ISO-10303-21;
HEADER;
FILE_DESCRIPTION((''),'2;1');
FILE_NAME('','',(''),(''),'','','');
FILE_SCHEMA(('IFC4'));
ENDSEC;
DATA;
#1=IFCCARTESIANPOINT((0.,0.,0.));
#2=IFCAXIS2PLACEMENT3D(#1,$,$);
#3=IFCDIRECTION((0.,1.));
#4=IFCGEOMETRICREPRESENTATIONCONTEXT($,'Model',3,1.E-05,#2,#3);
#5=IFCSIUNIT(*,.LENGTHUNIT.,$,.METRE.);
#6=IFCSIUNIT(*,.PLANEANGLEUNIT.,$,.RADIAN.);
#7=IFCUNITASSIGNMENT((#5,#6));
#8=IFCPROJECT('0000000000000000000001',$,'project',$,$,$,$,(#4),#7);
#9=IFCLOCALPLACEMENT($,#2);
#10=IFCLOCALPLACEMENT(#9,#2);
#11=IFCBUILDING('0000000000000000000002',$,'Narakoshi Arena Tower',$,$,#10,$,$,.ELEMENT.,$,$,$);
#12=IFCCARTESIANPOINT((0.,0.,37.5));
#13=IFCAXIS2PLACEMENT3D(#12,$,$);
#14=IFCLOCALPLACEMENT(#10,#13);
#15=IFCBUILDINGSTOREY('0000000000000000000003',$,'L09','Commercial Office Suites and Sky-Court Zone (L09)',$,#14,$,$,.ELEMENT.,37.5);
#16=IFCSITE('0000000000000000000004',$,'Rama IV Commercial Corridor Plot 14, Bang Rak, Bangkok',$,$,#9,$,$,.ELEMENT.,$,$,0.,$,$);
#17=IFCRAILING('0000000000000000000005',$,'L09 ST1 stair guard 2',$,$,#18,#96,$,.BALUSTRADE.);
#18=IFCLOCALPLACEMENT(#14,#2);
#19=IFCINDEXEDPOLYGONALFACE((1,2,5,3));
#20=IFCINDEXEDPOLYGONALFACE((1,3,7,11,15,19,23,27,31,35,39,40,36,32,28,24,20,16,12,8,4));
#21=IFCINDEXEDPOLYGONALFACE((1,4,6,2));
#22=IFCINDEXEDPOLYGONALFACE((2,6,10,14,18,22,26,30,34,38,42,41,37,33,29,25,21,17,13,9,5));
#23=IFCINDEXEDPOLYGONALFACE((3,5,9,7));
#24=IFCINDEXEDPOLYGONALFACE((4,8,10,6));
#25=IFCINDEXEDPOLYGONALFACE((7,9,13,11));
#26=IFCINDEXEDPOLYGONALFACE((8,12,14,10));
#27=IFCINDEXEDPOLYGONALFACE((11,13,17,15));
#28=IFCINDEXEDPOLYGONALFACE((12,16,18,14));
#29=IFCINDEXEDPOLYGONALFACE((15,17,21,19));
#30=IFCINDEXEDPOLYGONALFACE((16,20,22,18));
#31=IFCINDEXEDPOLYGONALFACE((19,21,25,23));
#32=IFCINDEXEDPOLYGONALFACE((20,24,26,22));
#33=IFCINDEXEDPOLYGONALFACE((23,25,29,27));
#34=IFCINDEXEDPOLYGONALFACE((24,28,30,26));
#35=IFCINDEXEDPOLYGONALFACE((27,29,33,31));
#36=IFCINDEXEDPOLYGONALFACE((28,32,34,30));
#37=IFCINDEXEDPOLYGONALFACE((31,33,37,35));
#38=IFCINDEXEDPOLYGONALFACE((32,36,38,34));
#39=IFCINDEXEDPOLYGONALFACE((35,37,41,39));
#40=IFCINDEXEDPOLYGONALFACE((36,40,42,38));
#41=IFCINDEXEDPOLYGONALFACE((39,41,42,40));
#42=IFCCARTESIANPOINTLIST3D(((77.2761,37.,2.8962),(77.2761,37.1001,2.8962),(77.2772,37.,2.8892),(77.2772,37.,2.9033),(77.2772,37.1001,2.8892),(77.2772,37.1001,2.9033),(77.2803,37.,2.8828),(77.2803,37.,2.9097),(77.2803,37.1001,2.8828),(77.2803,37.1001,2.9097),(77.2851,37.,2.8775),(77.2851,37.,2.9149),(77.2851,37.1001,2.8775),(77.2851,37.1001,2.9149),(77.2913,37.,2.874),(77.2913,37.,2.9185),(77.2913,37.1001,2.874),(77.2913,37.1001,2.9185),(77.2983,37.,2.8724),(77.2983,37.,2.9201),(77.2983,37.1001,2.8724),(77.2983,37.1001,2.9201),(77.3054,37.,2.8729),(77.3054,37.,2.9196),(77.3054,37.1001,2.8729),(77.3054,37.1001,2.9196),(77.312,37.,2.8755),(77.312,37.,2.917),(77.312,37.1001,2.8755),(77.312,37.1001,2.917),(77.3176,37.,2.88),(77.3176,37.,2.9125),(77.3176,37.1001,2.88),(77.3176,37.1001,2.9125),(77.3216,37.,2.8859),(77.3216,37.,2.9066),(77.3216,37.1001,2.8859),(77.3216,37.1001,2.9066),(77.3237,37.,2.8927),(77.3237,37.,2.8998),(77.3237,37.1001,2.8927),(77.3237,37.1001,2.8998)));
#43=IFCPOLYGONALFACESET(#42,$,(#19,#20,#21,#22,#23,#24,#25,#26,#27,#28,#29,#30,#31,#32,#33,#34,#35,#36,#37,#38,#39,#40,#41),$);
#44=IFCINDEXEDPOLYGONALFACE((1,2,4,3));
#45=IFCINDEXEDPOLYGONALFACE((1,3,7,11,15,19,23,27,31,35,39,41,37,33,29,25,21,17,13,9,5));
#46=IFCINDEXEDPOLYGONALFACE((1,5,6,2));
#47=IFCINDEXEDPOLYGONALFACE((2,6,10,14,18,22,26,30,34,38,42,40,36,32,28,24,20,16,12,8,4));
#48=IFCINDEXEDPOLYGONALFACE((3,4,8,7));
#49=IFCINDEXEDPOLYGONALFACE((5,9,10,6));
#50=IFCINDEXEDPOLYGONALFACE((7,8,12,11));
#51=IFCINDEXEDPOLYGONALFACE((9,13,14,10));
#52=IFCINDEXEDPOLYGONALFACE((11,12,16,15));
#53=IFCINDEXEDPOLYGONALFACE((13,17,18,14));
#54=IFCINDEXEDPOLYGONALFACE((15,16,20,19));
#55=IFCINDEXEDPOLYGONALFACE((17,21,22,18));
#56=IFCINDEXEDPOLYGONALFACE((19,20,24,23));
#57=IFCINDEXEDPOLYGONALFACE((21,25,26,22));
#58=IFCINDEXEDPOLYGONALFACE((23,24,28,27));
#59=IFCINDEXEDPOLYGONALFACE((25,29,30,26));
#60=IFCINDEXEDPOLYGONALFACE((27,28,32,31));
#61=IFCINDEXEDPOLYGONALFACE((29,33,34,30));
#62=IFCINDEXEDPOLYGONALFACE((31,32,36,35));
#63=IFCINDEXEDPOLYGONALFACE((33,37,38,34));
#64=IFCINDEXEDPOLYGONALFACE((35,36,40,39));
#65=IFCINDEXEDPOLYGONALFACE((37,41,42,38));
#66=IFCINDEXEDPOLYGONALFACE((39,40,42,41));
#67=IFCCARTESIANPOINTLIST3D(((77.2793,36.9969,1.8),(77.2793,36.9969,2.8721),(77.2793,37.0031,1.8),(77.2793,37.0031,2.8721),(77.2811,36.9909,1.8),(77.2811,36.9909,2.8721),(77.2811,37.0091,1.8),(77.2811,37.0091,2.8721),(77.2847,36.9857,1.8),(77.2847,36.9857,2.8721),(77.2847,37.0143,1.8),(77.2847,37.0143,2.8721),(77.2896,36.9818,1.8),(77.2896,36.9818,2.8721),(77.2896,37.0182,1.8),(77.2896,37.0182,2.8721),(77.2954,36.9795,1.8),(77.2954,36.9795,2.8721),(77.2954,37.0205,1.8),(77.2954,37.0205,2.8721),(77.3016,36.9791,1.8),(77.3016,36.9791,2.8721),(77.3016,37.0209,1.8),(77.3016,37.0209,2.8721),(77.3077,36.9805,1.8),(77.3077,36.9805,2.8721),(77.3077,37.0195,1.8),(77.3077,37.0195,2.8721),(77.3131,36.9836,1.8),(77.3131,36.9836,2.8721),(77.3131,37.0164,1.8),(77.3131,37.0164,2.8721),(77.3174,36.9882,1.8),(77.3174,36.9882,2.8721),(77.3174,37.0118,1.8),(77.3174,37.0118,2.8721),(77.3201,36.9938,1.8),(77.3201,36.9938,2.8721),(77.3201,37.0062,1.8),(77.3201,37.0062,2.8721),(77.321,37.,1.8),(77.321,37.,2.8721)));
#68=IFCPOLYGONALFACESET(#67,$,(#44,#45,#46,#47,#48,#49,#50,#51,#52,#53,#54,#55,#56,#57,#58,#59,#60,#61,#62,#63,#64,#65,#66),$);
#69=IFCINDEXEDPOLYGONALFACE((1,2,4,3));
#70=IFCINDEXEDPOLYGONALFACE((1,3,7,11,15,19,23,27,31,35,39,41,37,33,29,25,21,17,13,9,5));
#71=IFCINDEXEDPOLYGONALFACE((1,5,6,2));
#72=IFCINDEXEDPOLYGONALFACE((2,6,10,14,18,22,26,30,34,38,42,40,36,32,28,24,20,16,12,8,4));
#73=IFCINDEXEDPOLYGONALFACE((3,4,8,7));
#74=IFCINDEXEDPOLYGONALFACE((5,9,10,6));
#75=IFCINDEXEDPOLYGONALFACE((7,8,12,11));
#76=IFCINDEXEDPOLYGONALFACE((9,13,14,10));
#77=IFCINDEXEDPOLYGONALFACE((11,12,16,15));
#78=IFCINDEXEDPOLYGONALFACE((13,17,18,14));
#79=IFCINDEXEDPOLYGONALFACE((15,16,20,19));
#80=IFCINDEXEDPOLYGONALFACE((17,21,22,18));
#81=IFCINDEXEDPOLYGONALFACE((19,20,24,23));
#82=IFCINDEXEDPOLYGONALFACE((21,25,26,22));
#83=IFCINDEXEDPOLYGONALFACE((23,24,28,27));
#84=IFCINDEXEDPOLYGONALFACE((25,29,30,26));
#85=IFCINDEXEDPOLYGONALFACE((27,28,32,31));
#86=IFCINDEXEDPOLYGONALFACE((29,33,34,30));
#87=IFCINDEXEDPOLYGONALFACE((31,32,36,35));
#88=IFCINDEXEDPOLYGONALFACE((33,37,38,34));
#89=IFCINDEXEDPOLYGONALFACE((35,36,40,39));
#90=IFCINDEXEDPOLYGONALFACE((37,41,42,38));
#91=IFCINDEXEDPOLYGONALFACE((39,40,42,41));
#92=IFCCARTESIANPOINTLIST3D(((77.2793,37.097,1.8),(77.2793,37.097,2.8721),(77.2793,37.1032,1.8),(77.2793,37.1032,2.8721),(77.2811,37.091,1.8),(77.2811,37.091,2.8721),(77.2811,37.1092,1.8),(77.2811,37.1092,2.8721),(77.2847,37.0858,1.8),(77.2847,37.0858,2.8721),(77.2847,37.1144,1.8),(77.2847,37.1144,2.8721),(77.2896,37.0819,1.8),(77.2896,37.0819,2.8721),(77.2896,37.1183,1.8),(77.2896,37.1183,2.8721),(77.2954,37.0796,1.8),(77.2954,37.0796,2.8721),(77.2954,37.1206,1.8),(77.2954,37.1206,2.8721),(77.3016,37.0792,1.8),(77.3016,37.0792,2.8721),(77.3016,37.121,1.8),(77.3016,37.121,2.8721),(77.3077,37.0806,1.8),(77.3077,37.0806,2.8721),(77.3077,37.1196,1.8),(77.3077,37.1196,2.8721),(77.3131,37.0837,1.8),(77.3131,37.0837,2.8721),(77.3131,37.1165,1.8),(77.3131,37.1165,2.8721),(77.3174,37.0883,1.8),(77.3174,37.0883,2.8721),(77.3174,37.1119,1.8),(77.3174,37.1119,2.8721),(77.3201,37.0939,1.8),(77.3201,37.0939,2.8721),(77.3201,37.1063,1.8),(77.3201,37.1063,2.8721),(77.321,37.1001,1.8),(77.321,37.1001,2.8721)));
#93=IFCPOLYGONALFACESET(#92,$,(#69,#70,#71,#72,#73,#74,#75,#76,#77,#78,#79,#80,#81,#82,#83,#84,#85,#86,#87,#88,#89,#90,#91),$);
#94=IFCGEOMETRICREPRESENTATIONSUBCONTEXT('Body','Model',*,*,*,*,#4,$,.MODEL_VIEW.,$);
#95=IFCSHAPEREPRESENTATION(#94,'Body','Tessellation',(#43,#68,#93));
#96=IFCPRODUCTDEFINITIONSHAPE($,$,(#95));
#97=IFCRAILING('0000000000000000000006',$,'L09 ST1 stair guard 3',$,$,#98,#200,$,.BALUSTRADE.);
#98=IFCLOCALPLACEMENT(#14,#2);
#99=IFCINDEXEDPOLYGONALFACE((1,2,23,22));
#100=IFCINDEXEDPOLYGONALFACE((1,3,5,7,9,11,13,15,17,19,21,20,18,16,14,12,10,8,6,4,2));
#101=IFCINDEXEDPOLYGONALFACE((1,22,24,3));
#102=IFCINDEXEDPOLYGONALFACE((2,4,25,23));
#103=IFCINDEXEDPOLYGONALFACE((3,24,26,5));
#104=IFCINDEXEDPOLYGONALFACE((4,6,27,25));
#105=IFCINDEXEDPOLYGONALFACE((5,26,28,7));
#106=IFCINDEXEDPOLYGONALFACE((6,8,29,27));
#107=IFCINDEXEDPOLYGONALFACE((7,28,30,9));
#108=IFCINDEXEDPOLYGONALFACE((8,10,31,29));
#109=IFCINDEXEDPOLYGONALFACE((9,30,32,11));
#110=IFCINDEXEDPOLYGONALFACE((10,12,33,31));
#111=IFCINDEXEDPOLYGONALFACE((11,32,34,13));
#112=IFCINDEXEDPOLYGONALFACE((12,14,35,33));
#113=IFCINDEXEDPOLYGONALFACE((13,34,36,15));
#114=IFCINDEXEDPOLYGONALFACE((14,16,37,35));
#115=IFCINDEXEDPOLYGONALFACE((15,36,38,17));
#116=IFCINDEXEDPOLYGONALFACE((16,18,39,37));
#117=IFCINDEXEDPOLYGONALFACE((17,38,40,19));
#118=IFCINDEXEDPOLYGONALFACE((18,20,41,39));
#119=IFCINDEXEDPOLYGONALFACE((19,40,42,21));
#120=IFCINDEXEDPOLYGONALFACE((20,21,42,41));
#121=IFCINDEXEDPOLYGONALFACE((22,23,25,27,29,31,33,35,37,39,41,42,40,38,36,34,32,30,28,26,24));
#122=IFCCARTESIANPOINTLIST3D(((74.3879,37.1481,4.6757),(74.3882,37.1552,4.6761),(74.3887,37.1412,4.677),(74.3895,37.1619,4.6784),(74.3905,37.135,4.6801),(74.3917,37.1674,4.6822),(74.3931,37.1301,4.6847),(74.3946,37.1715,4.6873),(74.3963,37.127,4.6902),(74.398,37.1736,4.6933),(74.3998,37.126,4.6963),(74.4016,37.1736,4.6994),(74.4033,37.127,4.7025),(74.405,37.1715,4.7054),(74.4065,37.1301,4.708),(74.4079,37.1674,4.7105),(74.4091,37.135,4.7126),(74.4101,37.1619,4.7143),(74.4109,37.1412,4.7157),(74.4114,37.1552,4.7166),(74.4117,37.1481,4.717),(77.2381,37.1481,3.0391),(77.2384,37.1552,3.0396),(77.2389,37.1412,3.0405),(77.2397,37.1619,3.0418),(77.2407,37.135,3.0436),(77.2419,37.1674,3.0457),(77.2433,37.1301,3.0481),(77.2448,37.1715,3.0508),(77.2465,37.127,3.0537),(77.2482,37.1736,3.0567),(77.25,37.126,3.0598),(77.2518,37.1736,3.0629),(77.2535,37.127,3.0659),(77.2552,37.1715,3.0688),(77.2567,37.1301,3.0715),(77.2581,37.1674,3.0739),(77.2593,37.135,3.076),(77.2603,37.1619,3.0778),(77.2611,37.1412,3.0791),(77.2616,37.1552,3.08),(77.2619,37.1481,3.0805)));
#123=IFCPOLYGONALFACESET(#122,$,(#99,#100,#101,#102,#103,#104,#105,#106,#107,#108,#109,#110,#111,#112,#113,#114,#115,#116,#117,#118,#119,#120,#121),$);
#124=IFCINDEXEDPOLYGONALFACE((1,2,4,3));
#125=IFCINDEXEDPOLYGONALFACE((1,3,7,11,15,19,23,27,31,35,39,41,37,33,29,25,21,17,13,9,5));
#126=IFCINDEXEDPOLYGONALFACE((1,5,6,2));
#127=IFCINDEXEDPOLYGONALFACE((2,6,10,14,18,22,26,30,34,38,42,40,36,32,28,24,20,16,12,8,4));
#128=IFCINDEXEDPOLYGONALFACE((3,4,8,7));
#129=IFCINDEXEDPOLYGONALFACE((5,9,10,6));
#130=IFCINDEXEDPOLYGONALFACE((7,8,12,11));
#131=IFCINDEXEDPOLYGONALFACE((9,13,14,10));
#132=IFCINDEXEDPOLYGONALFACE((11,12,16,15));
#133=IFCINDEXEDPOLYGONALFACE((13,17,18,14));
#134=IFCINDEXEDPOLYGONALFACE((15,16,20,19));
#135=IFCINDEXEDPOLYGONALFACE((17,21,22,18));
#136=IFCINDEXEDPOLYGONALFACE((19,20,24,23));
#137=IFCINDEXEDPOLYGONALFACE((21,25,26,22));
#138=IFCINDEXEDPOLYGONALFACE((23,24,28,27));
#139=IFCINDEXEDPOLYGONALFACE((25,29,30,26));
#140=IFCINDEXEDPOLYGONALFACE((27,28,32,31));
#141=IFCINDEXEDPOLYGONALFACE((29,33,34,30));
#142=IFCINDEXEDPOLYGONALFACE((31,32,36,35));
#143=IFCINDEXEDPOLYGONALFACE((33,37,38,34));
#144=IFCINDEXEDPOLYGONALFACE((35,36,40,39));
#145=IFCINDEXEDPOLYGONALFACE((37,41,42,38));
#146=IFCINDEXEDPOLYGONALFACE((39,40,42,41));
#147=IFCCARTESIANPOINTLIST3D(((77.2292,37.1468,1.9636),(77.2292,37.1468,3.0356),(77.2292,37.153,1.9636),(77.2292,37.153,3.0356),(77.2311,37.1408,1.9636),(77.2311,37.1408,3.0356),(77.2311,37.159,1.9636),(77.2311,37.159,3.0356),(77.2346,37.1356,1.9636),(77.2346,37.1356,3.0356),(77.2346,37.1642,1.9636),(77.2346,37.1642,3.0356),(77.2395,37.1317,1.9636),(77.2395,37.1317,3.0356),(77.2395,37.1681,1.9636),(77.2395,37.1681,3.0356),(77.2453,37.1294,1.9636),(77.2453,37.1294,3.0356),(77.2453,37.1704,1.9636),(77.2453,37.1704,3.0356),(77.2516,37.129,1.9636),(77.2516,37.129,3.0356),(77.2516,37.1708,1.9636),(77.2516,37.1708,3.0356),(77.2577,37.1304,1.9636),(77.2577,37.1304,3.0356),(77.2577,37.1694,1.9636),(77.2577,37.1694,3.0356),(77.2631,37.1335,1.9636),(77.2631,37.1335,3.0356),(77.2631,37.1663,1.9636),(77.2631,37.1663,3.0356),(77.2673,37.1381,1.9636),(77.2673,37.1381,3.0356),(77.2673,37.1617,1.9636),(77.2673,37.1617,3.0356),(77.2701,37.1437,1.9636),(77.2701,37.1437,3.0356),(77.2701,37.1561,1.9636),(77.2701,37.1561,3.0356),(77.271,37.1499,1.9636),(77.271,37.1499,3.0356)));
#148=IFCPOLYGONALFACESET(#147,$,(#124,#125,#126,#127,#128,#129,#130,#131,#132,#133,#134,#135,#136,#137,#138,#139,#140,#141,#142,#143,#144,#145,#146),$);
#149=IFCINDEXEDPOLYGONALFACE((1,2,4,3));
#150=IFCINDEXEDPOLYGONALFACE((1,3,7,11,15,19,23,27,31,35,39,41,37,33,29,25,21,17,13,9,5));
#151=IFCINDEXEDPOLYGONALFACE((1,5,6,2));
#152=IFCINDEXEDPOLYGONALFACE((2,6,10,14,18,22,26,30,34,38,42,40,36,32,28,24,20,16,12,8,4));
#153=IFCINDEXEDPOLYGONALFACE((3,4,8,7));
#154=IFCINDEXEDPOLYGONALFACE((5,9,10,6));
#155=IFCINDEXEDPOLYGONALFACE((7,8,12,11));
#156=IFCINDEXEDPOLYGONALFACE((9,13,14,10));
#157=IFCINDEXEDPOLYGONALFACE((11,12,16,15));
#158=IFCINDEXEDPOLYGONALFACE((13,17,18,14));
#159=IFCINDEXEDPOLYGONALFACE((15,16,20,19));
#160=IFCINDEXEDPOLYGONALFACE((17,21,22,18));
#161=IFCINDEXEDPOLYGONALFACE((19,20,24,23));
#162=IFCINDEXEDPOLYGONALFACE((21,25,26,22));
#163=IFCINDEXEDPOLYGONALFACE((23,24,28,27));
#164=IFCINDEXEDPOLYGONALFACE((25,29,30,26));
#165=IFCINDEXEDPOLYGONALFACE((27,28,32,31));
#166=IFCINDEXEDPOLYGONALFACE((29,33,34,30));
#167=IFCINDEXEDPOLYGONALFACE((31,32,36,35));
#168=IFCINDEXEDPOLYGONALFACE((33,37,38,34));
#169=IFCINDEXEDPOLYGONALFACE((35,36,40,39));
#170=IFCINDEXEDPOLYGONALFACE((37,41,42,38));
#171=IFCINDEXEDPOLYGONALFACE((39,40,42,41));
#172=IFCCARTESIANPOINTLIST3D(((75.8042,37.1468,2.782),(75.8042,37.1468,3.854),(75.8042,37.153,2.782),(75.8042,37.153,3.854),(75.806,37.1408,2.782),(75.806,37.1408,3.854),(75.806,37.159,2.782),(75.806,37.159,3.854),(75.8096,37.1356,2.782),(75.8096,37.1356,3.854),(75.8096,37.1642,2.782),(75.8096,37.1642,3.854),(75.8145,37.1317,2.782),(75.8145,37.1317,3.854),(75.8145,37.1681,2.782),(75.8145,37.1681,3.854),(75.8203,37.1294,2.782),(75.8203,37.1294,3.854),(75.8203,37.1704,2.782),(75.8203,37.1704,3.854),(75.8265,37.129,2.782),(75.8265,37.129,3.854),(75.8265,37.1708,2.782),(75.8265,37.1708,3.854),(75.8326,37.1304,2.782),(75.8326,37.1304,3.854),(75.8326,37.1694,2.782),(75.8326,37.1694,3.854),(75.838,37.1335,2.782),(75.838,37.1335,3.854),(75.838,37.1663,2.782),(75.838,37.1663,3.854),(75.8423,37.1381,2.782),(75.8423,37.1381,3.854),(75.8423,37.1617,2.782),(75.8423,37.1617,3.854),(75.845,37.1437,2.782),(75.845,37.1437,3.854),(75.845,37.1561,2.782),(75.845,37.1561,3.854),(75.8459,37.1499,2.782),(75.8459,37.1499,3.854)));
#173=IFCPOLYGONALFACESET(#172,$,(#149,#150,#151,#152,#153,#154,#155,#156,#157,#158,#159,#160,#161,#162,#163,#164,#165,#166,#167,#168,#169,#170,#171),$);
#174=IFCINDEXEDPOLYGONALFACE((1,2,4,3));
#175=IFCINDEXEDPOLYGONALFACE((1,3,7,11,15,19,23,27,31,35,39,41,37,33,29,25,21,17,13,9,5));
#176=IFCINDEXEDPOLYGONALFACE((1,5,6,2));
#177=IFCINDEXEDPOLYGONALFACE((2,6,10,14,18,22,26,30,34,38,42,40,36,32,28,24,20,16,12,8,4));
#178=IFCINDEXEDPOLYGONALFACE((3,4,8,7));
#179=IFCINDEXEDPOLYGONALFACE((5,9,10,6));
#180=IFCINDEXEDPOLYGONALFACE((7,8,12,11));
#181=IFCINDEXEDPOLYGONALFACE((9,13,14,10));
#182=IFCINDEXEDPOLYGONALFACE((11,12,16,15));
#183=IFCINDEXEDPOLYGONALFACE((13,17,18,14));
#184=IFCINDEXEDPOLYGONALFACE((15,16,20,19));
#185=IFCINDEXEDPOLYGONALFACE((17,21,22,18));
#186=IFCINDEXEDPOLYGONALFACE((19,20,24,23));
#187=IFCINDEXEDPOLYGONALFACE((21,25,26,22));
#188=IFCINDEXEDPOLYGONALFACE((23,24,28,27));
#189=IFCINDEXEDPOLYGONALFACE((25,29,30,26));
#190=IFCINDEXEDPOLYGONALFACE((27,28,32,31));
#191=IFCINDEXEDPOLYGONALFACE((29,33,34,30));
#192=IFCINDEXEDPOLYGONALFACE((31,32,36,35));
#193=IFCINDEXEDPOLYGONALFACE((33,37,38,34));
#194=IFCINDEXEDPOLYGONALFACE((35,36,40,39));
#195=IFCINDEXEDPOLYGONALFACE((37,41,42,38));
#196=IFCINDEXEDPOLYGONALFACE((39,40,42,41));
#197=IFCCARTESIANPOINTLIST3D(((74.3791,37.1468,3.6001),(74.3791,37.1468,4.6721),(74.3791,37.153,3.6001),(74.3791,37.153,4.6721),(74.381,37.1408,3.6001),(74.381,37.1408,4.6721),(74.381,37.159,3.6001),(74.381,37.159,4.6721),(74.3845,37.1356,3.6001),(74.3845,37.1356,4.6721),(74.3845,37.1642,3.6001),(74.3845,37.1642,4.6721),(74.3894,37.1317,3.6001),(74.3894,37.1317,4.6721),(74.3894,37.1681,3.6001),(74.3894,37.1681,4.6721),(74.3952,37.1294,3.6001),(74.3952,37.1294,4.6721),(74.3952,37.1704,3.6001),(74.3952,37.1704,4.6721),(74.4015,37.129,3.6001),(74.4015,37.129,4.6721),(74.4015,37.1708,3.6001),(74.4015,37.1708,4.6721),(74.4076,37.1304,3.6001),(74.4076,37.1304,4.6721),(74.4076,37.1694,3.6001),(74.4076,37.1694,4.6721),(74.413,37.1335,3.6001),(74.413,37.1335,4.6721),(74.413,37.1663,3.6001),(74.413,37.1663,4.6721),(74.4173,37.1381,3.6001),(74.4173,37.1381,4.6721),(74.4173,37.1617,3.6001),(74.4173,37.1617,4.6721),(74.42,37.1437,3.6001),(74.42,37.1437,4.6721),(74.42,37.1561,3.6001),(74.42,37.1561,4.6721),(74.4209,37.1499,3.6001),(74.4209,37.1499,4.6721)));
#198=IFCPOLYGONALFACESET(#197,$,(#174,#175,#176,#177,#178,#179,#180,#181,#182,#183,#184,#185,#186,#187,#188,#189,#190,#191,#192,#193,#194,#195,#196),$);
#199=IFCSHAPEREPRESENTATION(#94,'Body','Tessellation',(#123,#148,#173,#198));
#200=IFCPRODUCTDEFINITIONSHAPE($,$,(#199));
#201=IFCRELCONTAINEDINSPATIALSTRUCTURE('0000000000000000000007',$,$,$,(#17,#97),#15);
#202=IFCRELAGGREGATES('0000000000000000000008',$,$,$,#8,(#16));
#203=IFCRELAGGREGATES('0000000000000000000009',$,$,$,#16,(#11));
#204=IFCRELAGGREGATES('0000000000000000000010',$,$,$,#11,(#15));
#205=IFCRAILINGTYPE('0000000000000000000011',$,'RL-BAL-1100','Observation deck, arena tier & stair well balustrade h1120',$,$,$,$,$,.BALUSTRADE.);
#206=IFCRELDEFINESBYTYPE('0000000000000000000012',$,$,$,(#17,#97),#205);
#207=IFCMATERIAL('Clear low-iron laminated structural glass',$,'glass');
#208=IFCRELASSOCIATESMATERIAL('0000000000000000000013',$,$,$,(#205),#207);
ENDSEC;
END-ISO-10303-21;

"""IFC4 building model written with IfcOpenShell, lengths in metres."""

from ifc_helpers import new_model, si_unit, direction, frame, origin, origin_2d, place, context, subcontext, project, spatial, circle, extrude, material, type_object, element, save


model = new_model("IFC4")

# Units and contexts
model_context = context("Model", 3, precision=1e-05, world=origin(), true_north=direction((0.0, 1.0)))
body_context = subcontext(model_context, "Body", "Model", "MODEL_VIEW")
ifc_project = project(units=[si_unit("LENGTHUNIT", "METRE"), si_unit("PLANEANGLEUNIT", "RADIAN")], contexts=[model_context])

# Site, building, storey
site_placement = place(None, origin())
site = spatial("IfcSite", under=ifc_project, at=site_placement, Name="Rama IV Commercial Corridor Plot 14, Bang Rak, Bangkok", CompositionType="ELEMENT", RefElevation=0.0)
building_placement = place(site_placement, origin())
building = spatial("IfcBuilding", under=site, at=building_placement, Name="Narakoshi Arena Tower", CompositionType="ELEMENT")
storey_placement = place(building_placement, frame((0.0, 0.0, 37.5)))
storey = spatial("IfcBuildingStorey", under=building, at=storey_placement, Name="L09", Description="Commercial Office Suites and Sky-Court Zone (L09)", CompositionType="ELEMENT", Elevation=37.5)

# Railings
ifc_material_1 = material(Name="Clear low-iron laminated structural glass", Category="glass")
railing_type_1 = type_object("IfcRailingType", Name="RL-BAL-1100", Description="Observation deck, arena tier & stair well balustrade h1120", PredefinedType="BALUSTRADE", material=ifc_material_1)
railing_1_placement = place(storey_placement, frame((77.3, 37.0, 1.8)))
element("IfcRailing", 1, at=railing_1_placement, inside=storey, type_object=railing_type_1, Name="L09 ST1 stair guard 2", PredefinedType="BALUSTRADE", context=body_context, shape_type="SweptSolid", body=[
    extrude(circle(Radius=0.0239, at=origin_2d()), frame((0.0, 0.0, 1.0962), z_axis=(0.0, 1.0, 0.0), x_axis=(-1.0, 0.0, 0.0)), (0.0, 0.0, 1.0), 0.1001),
    extrude(circle(Radius=0.021, at=origin_2d()), origin(), (0.0, 0.0, 1.0), 1.072),
    extrude(circle(Radius=0.021, at=origin_2d()), frame((0.0, 0.1001, 0.0)), (0.0, 0.0, 1.0), 1.072),
])
railing_2_placement = place(storey_placement, frame((77.25, 37.1499, 1.9636)))
element("IfcRailing", 2, at=railing_2_placement, inside=storey, type_object=railing_type_1, Name="L09 ST1 stair guard 3", PredefinedType="BALUSTRADE", context=body_context, shape_type="SweptSolid", body=[
    extrude(circle(Radius=0.0239, at=origin_2d()), frame((0.0, 0.0, 1.0962), z_axis=(-0.867213, 0.0, 0.497938), x_axis=(0.0, -1.0, 0.0)), (0.0, 0.0, 1.0), 3.2866),
    extrude(circle(Radius=0.021, at=origin_2d()), origin(), (0.0, 0.0, 1.0), 1.072),
    extrude(circle(Radius=0.021, at=origin_2d()), frame((-1.425, 0.0, 0.8184)), (0.0, 0.0, 1.0), 1.072),
    extrude(circle(Radius=0.021, at=origin_2d()), frame((-2.8501, 0.0, 1.6365)), (0.0, 0.0, 1.0), 1.072),
])

save(model, "model.ifc")
